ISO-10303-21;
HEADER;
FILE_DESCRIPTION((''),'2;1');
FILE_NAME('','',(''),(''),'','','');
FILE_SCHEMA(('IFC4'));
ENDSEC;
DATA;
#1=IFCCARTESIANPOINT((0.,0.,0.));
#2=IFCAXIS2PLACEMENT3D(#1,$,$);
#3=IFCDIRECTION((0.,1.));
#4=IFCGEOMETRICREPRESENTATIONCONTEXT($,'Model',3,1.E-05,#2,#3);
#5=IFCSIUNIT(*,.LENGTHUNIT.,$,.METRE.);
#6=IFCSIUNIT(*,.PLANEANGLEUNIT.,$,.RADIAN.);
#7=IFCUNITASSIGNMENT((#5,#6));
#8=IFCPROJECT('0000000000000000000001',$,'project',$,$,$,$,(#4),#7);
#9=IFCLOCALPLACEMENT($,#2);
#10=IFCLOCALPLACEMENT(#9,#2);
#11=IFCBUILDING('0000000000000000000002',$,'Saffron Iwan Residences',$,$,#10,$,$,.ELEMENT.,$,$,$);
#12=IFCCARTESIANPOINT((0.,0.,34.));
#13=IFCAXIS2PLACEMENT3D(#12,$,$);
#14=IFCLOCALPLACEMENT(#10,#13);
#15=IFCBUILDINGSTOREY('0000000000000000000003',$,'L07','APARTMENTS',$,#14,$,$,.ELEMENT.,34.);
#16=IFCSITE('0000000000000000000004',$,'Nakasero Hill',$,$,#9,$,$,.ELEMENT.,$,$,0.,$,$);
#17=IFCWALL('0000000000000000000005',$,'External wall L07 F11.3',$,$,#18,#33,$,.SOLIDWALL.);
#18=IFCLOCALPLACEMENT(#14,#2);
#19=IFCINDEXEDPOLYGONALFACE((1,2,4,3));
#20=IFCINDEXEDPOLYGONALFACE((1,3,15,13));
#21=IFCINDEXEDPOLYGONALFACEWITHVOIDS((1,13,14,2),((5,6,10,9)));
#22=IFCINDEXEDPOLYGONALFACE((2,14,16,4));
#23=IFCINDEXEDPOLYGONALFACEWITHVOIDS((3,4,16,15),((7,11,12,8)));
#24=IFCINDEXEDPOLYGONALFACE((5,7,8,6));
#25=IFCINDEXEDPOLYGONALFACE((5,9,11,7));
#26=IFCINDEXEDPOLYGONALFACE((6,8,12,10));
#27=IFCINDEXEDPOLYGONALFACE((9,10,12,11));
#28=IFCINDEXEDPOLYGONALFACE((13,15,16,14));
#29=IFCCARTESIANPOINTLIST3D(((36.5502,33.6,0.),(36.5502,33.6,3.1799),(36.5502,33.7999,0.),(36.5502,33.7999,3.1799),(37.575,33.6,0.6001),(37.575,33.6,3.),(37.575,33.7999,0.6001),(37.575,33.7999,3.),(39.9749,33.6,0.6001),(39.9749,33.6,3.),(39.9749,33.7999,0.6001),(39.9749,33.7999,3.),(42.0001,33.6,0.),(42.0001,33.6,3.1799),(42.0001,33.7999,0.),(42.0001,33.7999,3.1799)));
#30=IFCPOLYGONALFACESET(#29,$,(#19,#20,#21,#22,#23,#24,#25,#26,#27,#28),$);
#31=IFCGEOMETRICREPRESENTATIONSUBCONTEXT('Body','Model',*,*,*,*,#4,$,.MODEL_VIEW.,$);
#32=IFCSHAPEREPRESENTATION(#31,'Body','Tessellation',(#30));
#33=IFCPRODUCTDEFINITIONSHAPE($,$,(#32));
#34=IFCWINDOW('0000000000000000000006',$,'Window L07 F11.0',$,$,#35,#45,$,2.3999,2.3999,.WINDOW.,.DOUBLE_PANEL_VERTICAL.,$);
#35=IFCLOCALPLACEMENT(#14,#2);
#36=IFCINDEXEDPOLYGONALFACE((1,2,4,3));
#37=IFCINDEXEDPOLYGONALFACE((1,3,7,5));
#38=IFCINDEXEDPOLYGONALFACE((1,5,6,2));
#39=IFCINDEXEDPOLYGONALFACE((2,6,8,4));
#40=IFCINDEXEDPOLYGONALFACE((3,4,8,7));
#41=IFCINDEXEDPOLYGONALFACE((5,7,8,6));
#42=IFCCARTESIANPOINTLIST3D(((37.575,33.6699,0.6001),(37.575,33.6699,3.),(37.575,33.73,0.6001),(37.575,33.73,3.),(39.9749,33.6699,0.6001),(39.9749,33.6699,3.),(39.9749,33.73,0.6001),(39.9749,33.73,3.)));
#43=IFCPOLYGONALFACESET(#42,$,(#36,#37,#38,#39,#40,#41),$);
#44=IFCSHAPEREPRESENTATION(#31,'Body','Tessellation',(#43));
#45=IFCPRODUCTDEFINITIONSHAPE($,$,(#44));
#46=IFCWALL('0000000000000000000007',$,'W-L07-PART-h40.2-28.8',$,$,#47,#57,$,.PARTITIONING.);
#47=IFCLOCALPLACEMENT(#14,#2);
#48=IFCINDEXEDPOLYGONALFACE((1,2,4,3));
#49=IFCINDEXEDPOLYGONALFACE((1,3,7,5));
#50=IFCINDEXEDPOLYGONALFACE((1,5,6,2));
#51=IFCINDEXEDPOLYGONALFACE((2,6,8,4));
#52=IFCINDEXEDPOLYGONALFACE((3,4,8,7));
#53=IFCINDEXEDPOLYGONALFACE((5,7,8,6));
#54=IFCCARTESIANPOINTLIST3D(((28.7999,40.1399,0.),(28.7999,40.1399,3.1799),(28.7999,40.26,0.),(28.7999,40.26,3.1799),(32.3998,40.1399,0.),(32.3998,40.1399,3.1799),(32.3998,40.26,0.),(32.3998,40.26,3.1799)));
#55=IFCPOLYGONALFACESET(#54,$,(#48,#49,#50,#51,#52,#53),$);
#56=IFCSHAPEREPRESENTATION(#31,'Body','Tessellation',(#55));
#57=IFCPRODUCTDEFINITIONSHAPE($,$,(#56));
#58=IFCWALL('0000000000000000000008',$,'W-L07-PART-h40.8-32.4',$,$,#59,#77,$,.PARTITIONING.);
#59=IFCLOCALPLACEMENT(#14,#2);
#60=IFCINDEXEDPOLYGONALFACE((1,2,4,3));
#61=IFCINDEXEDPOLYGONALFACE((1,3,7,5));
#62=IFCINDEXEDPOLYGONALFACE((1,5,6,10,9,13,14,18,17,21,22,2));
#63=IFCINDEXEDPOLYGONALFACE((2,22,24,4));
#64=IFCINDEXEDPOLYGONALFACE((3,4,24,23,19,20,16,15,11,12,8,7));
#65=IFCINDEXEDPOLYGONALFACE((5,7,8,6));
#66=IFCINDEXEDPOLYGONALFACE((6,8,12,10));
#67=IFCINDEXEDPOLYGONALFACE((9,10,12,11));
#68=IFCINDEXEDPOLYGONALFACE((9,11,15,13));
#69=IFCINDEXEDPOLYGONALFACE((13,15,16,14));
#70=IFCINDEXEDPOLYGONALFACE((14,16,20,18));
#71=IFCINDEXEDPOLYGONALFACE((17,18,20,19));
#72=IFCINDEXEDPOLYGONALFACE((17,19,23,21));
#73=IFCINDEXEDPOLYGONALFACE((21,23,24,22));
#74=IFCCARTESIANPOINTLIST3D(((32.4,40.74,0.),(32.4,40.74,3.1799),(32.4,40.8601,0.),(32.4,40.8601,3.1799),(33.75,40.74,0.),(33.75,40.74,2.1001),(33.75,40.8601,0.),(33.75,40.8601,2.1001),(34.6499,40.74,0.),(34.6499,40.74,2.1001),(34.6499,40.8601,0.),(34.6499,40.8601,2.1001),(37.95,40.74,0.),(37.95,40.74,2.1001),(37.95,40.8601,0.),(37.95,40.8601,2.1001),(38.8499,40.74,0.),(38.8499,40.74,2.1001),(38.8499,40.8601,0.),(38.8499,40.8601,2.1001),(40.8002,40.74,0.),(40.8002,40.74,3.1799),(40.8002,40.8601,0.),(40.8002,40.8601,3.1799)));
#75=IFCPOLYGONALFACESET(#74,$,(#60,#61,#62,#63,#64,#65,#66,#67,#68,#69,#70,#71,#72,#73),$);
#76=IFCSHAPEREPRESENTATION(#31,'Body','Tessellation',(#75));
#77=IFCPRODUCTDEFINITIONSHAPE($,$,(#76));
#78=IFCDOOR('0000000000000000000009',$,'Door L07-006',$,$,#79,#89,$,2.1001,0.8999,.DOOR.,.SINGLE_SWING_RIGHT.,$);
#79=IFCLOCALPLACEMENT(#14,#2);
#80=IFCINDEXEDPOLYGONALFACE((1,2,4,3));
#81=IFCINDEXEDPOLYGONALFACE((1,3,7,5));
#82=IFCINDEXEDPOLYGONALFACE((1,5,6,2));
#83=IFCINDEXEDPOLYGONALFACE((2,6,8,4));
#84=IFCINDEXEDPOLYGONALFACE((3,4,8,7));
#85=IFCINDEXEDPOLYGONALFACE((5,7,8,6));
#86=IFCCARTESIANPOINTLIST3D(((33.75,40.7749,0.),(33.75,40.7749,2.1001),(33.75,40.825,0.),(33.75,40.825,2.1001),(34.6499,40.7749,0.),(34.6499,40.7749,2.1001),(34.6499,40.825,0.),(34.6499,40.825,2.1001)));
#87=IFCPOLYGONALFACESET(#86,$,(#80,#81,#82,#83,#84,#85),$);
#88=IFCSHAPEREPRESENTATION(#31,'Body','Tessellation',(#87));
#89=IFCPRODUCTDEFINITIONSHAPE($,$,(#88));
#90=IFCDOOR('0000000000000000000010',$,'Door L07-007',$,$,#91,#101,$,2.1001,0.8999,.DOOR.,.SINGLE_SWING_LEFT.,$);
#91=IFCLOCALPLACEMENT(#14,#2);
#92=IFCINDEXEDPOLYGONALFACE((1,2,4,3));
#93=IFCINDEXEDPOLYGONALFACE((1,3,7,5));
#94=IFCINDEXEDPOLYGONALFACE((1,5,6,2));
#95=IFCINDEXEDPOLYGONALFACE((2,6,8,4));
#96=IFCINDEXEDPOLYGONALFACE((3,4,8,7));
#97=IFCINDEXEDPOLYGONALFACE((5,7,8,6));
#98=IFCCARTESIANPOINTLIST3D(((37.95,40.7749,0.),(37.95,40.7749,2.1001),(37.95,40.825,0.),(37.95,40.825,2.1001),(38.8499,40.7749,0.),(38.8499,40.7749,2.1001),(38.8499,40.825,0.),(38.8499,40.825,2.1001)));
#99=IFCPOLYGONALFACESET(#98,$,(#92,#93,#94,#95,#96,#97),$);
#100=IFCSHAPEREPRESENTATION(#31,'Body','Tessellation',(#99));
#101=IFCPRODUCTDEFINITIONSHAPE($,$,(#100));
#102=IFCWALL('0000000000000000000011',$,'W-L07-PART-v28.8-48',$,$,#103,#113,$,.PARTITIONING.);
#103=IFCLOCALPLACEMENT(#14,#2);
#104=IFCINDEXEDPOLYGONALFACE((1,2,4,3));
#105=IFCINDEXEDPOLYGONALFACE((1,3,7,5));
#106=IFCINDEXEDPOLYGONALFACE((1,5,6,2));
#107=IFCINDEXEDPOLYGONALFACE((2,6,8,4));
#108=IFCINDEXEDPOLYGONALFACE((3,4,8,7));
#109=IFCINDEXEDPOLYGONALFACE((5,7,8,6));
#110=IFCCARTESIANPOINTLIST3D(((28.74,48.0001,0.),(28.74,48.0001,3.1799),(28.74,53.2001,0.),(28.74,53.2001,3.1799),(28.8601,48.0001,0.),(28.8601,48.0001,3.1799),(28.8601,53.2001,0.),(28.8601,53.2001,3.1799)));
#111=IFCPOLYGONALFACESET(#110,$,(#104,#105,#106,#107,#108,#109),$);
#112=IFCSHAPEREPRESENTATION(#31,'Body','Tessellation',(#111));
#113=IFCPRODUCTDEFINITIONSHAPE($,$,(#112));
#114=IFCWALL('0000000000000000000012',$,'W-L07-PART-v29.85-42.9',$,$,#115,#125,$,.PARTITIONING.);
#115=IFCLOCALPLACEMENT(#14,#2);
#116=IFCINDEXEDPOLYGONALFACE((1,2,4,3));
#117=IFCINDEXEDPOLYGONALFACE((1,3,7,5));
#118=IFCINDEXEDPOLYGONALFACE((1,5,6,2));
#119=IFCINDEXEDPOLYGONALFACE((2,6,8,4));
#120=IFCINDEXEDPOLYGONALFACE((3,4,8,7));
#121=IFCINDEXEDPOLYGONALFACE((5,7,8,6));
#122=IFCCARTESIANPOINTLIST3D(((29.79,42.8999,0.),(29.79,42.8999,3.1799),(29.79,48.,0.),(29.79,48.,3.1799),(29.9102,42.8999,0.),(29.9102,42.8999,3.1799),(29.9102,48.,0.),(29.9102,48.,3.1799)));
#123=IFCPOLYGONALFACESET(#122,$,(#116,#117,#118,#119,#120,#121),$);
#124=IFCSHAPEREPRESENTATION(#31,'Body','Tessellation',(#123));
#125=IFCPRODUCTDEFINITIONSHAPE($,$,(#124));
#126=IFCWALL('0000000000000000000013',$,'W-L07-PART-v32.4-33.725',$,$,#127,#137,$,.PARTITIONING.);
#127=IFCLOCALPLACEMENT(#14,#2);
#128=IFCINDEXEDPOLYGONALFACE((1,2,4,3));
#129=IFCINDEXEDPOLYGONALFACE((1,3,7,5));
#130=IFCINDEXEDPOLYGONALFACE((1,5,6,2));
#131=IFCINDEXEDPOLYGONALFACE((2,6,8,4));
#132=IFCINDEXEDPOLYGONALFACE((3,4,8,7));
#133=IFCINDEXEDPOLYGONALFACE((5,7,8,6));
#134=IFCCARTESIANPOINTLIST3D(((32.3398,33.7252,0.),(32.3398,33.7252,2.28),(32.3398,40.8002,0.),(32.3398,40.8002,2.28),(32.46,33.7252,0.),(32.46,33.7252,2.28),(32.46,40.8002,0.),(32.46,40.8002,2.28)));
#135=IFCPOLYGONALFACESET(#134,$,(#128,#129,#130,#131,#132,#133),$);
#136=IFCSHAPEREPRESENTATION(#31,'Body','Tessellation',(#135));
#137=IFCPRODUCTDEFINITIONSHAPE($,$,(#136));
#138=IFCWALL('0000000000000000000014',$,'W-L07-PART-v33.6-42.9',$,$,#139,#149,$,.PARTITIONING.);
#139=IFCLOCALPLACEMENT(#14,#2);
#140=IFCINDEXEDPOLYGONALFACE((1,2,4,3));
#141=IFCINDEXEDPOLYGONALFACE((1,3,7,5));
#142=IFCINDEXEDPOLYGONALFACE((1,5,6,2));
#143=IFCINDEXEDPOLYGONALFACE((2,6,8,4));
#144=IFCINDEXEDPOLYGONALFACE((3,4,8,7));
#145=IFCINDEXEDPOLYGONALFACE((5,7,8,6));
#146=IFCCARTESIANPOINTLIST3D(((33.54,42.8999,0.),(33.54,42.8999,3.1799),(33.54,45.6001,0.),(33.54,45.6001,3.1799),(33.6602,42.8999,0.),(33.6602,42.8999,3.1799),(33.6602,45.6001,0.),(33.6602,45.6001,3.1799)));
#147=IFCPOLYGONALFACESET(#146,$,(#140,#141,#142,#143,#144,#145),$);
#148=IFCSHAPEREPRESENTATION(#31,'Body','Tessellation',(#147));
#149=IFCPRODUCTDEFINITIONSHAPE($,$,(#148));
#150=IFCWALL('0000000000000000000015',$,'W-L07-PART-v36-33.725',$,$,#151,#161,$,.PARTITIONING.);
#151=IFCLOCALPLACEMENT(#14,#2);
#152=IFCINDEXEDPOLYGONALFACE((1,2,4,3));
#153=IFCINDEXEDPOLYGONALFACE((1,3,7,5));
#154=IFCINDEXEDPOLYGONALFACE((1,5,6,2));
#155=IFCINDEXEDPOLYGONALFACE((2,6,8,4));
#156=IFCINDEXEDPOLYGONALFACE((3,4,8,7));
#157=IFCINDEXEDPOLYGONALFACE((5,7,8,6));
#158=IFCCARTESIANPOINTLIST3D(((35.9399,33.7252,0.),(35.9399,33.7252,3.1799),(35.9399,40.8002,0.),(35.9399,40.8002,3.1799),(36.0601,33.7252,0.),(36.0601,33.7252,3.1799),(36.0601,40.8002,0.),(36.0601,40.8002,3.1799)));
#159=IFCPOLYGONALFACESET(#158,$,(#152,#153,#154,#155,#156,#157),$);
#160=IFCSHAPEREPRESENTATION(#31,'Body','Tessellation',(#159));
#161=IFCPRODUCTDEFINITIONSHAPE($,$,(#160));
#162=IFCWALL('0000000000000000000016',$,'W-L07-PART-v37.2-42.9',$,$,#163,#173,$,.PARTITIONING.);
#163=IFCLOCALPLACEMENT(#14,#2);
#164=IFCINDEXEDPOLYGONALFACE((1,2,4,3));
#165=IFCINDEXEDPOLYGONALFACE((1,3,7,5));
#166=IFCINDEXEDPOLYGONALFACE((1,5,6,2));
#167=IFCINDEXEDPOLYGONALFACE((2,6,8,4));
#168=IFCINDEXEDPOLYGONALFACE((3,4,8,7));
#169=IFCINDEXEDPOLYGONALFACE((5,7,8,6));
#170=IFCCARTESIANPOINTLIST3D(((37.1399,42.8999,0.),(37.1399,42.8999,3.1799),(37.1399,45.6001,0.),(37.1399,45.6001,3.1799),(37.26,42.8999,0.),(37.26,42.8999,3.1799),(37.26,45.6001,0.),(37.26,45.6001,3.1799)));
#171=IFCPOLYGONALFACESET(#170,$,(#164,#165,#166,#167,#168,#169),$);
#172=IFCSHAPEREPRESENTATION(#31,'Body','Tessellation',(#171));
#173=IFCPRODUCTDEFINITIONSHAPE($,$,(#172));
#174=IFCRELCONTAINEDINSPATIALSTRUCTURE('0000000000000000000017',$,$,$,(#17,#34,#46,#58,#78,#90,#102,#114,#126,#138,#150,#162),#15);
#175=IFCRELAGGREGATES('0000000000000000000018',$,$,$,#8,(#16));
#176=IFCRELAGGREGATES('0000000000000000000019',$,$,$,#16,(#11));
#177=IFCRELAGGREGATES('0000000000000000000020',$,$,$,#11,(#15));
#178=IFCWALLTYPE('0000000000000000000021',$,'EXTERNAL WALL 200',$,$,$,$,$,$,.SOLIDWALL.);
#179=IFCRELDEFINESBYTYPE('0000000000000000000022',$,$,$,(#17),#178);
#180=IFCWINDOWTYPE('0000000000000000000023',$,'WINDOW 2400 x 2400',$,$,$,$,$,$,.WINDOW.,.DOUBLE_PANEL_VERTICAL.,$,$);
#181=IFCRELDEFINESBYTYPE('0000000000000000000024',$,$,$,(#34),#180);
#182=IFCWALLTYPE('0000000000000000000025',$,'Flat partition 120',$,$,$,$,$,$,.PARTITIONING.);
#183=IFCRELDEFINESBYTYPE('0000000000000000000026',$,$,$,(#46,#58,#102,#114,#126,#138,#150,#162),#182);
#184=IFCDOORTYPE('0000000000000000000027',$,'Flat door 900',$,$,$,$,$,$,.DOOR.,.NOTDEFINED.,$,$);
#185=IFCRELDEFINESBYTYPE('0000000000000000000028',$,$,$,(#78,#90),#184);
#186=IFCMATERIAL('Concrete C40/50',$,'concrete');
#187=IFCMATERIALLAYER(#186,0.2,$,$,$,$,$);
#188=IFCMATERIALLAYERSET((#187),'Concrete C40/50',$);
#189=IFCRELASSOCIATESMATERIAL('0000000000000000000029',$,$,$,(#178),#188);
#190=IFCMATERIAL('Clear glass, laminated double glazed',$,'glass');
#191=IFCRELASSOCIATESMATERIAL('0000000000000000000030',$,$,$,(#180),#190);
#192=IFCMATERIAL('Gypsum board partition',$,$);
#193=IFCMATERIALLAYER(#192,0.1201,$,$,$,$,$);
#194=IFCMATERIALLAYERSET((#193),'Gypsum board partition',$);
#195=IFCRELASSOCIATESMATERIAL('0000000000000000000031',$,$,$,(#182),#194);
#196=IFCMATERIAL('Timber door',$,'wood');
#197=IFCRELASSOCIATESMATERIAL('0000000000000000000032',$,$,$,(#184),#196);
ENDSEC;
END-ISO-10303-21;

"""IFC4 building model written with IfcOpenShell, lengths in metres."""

from ifc_helpers import new_model, si_unit, direction, frame, frame_2d, origin, place, context, subcontext, project, spatial, rectangle, extrude, material, layer, layer_set, type_object, element, fill, save


model = new_model("IFC4")

# Units and contexts
model_context = context("Model", 3, precision=1e-05, world=origin(), true_north=direction((0.0, 1.0)))
body_context = subcontext(model_context, "Body", "Model", "MODEL_VIEW")
ifc_project = project(units=[si_unit("LENGTHUNIT", "METRE"), si_unit("PLANEANGLEUNIT", "RADIAN")], contexts=[model_context])

# Site, building, storey
site_placement = place(None, origin())
site = spatial("IfcSite", under=ifc_project, at=site_placement, Name="Nakasero Hill", CompositionType="ELEMENT", RefElevation=0.0)
building_placement = place(site_placement, origin())
building = spatial("IfcBuilding", under=site, at=building_placement, Name="Saffron Iwan Residences", CompositionType="ELEMENT")
storey_placement = place(building_placement, frame((0.0, 0.0, 34.0)))
storey = spatial("IfcBuildingStorey", under=building, at=storey_placement, Name="L07", Description="APARTMENTS", CompositionType="ELEMENT", Elevation=34.0)

# Shared definitions
ifc_material_1 = material(Name="Concrete C40/50", Category="concrete")
ifc_layer_1 = layer(ifc_material_1, 0.2)
ifc_layer_set_1 = layer_set([ifc_layer_1], Name="Concrete C40/50")
wall_type_1 = type_object("IfcWallType", Name="EXTERNAL WALL 200", PredefinedType="SOLIDWALL", material=ifc_layer_set_1)
ifc_material_2 = material(Name="Clear glass, laminated double glazed", Category="glass")

# Wall, opening, window
wall_1_placement = place(storey_placement, frame((36.55, 33.7, 0.0), z_axis=(0.0, 0.0, 1.0), x_axis=(1.0, 0.0, 0.0)))
wall_1 = element("IfcWall", 1, at=wall_1_placement, inside=storey, type_object=wall_type_1, Name="External wall L07 F11.3", PredefinedType="SOLIDWALL", context=body_context, shape_type="SweptSolid", body=[
    extrude(rectangle(XDim=5.45, YDim=0.2, at=frame_2d((2.7251, 0.0))), origin(), (0.0, 0.0, 1.0), 3.1799),
])
opening_1_placement = place(wall_1_placement, frame((1.0249, 0.0, 0.6001)))
opening_1 = element("IfcOpeningElement", 2, at=opening_1_placement, cuts=wall_1, PredefinedType="OPENING", context=body_context, shape_type="SweptSolid", body=[
    extrude(rectangle(XDim=2.3999, YDim=2.3999, at=frame_2d((1.2, 1.2))), frame((0.0, 0.1099, 0.0), z_axis=(0.0, -1.0, 0.0), x_axis=(1.0, 0.0, 0.0)), (0.0, 0.0, 1.0), 0.22),
])
window_type_1 = type_object("IfcWindowType", Name="WINDOW 2400 x 2400", PartitioningType="DOUBLE_PANEL_VERTICAL", PredefinedType="WINDOW", material=ifc_material_2)
window_1_placement = place(opening_1_placement, origin())
window_1 = element("IfcWindow", 3, at=window_1_placement, inside=storey, type_object=window_type_1, Name="Window L07 F11.0", OverallHeight=2.3999, OverallWidth=2.3999, PartitioningType="DOUBLE_PANEL_VERTICAL", PredefinedType="WINDOW", context=body_context, shape_type="SweptSolid", body=[
    extrude(rectangle(XDim=2.3999, YDim=2.3999, at=frame_2d((1.2, 1.2))), frame((0.0, 0.03, 0.0), z_axis=(0.0, -1.0, 0.0), x_axis=(1.0, 0.0, 0.0)), (0.0, 0.0, 1.0), 0.0601),
])
fill(opening_1, window_1)

# Wall
ifc_material_3 = material(Name="Gypsum board partition")
ifc_layer_2 = layer(ifc_material_3, 0.1201)
ifc_layer_set_2 = layer_set([ifc_layer_2], Name="Gypsum board partition")
wall_type_2 = type_object("IfcWallType", Name="Flat partition 120", PredefinedType="PARTITIONING", material=ifc_layer_set_2)
wall_2_placement = place(storey_placement, frame((28.8, 40.2, 0.0), z_axis=(0.0, 0.0, 1.0), x_axis=(1.0, 0.0, 0.0)))
element("IfcWall", 4, at=wall_2_placement, inside=storey, type_object=wall_type_2, Name="W-L07-PART-h40.2-28.8", PredefinedType="PARTITIONING", context=body_context, shape_type="SweptSolid", body=[
    extrude(rectangle(XDim=3.5999, YDim=0.1201, at=frame_2d((1.7998, 0.0))), origin(), (0.0, 0.0, 1.0), 3.1799),
])

# Wall, openings, doors
wall_3_placement = place(storey_placement, frame((32.3999, 40.8, 0.0), z_axis=(0.0, 0.0, 1.0), x_axis=(1.0, 0.0, 0.0)))
wall_3 = element("IfcWall", 5, at=wall_3_placement, inside=storey, type_object=wall_type_2, Name="W-L07-PART-h40.8-32.4", PredefinedType="PARTITIONING", context=body_context, shape_type="SweptSolid", body=[
    extrude(rectangle(XDim=8.4001, YDim=0.1201, at=frame_2d((4.2002, 0.0))), origin(), (0.0, 0.0, 1.0), 3.1799),
])
opening_2_placement = place(wall_3_placement, frame((1.3501, 0.0, 0.0)))
opening_2 = element("IfcOpeningElement", 6, at=opening_2_placement, cuts=wall_3, PredefinedType="OPENING", context=body_context, shape_type="SweptSolid", body=[
    extrude(rectangle(XDim=0.8999, YDim=2.1001, at=frame_2d((0.45, 1.05))), frame((0.0, 0.0701, 0.0), z_axis=(0.0, -1.0, 0.0), x_axis=(1.0, 0.0, 0.0)), (0.0, 0.0, 1.0), 0.1401),
])
opening_3_placement = place(wall_3_placement, frame((5.55, 0.0, 0.0)))
opening_3 = element("IfcOpeningElement", 7, at=opening_3_placement, cuts=wall_3, PredefinedType="OPENING", context=body_context, shape_type="SweptSolid", body=[
    extrude(rectangle(XDim=0.8999, YDim=2.1001, at=frame_2d((0.45, 1.05))), frame((0.0, 0.0701, 0.0), z_axis=(0.0, -1.0, 0.0), x_axis=(1.0, 0.0, 0.0)), (0.0, 0.0, 1.0), 0.1401),
])
ifc_material_4 = material(Name="Timber door", Category="wood")
door_type_1 = type_object("IfcDoorType", Name="Flat door 900", OperationType="NOTDEFINED", PredefinedType="DOOR", material=ifc_material_4)
door_1_placement = place(opening_2_placement, origin())
door_1 = element("IfcDoor", 8, at=door_1_placement, inside=storey, type_object=door_type_1, Name="Door L07-006", OperationType="SINGLE_SWING_RIGHT", OverallHeight=2.1001, OverallWidth=0.8999, PredefinedType="DOOR", context=body_context, shape_type="SweptSolid", body=[
    extrude(rectangle(XDim=0.8999, YDim=2.1001, at=frame_2d((0.45, 1.05))), frame((0.0, 0.0249, 0.0), z_axis=(0.0, -1.0, 0.0), x_axis=(1.0, 0.0, 0.0)), (0.0, 0.0, 1.0), 0.05),
])
fill(opening_2, door_1)
door_2_placement = place(opening_3_placement, origin())
door_2 = element("IfcDoor", 9, at=door_2_placement, inside=storey, type_object=door_type_1, Name="Door L07-007", OperationType="SINGLE_SWING_LEFT", OverallHeight=2.1001, OverallWidth=0.8999, PredefinedType="DOOR", context=body_context, shape_type="SweptSolid", body=[
    extrude(rectangle(XDim=0.8999, YDim=2.1001, at=frame_2d((0.45, 1.05))), frame((0.0, 0.0249, 0.0), z_axis=(0.0, -1.0, 0.0), x_axis=(1.0, 0.0, 0.0)), (0.0, 0.0, 1.0), 0.05),
])
fill(opening_3, door_2)

# Walls
wall_4_placement = place(storey_placement, frame((28.8, 48.0, 0.0), z_axis=(0.0, 0.0, 1.0), x_axis=(0.0, 1.0, 0.0)))
element("IfcWall", 10, at=wall_4_placement, inside=storey, type_object=wall_type_2, Name="W-L07-PART-v28.8-48", PredefinedType="PARTITIONING", context=body_context, shape_type="SweptSolid", body=[
    extrude(rectangle(XDim=5.2, YDim=0.1201, at=frame_2d((2.6001, 0.0))), origin(), (0.0, 0.0, 1.0), 3.1799),
])
wall_5_placement = place(storey_placement, frame((29.8501, 42.8999, 0.0), z_axis=(0.0, 0.0, 1.0), x_axis=(0.0, 1.0, 0.0)))
element("IfcWall", 11, at=wall_5_placement, inside=storey, type_object=wall_type_2, Name="W-L07-PART-v29.85-42.9", PredefinedType="PARTITIONING", context=body_context, shape_type="SweptSolid", body=[
    extrude(rectangle(XDim=5.1001, YDim=0.1201, at=frame_2d((2.55, 0.0))), origin(), (0.0, 0.0, 1.0), 3.1799),
])
wall_6_placement = place(storey_placement, frame((32.3999, 33.7251, 0.0), z_axis=(0.0, 0.0, 1.0), x_axis=(0.0, 1.0, 0.0)))
element("IfcWall", 12, at=wall_6_placement, inside=storey, type_object=wall_type_2, Name="W-L07-PART-v32.4-33.725", PredefinedType="PARTITIONING", context=body_context, shape_type="SweptSolid", body=[
    extrude(rectangle(XDim=7.075, YDim=0.1201, at=frame_2d((3.5376, 0.0))), origin(), (0.0, 0.0, 1.0), 2.28),
])
wall_7_placement = place(storey_placement, frame((33.6001, 42.8999, 0.0), z_axis=(0.0, 0.0, 1.0), x_axis=(0.0, 1.0, 0.0)))
element("IfcWall", 13, at=wall_7_placement, inside=storey, type_object=wall_type_2, Name="W-L07-PART-v33.6-42.9", PredefinedType="PARTITIONING", context=body_context, shape_type="SweptSolid", body=[
    extrude(rectangle(XDim=2.7002, YDim=0.1201, at=frame_2d((1.3501, 0.0))), origin(), (0.0, 0.0, 1.0), 3.1799),
])
wall_8_placement = place(storey_placement, frame((36.0, 33.7251, 0.0), z_axis=(0.0, 0.0, 1.0), x_axis=(0.0, 1.0, 0.0)))
element("IfcWall", 14, at=wall_8_placement, inside=storey, type_object=wall_type_2, Name="W-L07-PART-v36-33.725", PredefinedType="PARTITIONING", context=body_context, shape_type="SweptSolid", body=[
    extrude(rectangle(XDim=7.075, YDim=0.1201, at=frame_2d((3.5376, 0.0))), origin(), (0.0, 0.0, 1.0), 3.1799),
])
wall_9_placement = place(storey_placement, frame((37.2, 42.8999, 0.0), z_axis=(0.0, 0.0, 1.0), x_axis=(0.0, 1.0, 0.0)))
element("IfcWall", 15, at=wall_9_placement, inside=storey, type_object=wall_type_2, Name="W-L07-PART-v37.2-42.9", PredefinedType="PARTITIONING", context=body_context, shape_type="SweptSolid", body=[
    extrude(rectangle(XDim=2.7002, YDim=0.1201, at=frame_2d((1.3501, 0.0))), origin(), (0.0, 0.0, 1.0), 3.1799),
])

save(model, "model.ifc")
